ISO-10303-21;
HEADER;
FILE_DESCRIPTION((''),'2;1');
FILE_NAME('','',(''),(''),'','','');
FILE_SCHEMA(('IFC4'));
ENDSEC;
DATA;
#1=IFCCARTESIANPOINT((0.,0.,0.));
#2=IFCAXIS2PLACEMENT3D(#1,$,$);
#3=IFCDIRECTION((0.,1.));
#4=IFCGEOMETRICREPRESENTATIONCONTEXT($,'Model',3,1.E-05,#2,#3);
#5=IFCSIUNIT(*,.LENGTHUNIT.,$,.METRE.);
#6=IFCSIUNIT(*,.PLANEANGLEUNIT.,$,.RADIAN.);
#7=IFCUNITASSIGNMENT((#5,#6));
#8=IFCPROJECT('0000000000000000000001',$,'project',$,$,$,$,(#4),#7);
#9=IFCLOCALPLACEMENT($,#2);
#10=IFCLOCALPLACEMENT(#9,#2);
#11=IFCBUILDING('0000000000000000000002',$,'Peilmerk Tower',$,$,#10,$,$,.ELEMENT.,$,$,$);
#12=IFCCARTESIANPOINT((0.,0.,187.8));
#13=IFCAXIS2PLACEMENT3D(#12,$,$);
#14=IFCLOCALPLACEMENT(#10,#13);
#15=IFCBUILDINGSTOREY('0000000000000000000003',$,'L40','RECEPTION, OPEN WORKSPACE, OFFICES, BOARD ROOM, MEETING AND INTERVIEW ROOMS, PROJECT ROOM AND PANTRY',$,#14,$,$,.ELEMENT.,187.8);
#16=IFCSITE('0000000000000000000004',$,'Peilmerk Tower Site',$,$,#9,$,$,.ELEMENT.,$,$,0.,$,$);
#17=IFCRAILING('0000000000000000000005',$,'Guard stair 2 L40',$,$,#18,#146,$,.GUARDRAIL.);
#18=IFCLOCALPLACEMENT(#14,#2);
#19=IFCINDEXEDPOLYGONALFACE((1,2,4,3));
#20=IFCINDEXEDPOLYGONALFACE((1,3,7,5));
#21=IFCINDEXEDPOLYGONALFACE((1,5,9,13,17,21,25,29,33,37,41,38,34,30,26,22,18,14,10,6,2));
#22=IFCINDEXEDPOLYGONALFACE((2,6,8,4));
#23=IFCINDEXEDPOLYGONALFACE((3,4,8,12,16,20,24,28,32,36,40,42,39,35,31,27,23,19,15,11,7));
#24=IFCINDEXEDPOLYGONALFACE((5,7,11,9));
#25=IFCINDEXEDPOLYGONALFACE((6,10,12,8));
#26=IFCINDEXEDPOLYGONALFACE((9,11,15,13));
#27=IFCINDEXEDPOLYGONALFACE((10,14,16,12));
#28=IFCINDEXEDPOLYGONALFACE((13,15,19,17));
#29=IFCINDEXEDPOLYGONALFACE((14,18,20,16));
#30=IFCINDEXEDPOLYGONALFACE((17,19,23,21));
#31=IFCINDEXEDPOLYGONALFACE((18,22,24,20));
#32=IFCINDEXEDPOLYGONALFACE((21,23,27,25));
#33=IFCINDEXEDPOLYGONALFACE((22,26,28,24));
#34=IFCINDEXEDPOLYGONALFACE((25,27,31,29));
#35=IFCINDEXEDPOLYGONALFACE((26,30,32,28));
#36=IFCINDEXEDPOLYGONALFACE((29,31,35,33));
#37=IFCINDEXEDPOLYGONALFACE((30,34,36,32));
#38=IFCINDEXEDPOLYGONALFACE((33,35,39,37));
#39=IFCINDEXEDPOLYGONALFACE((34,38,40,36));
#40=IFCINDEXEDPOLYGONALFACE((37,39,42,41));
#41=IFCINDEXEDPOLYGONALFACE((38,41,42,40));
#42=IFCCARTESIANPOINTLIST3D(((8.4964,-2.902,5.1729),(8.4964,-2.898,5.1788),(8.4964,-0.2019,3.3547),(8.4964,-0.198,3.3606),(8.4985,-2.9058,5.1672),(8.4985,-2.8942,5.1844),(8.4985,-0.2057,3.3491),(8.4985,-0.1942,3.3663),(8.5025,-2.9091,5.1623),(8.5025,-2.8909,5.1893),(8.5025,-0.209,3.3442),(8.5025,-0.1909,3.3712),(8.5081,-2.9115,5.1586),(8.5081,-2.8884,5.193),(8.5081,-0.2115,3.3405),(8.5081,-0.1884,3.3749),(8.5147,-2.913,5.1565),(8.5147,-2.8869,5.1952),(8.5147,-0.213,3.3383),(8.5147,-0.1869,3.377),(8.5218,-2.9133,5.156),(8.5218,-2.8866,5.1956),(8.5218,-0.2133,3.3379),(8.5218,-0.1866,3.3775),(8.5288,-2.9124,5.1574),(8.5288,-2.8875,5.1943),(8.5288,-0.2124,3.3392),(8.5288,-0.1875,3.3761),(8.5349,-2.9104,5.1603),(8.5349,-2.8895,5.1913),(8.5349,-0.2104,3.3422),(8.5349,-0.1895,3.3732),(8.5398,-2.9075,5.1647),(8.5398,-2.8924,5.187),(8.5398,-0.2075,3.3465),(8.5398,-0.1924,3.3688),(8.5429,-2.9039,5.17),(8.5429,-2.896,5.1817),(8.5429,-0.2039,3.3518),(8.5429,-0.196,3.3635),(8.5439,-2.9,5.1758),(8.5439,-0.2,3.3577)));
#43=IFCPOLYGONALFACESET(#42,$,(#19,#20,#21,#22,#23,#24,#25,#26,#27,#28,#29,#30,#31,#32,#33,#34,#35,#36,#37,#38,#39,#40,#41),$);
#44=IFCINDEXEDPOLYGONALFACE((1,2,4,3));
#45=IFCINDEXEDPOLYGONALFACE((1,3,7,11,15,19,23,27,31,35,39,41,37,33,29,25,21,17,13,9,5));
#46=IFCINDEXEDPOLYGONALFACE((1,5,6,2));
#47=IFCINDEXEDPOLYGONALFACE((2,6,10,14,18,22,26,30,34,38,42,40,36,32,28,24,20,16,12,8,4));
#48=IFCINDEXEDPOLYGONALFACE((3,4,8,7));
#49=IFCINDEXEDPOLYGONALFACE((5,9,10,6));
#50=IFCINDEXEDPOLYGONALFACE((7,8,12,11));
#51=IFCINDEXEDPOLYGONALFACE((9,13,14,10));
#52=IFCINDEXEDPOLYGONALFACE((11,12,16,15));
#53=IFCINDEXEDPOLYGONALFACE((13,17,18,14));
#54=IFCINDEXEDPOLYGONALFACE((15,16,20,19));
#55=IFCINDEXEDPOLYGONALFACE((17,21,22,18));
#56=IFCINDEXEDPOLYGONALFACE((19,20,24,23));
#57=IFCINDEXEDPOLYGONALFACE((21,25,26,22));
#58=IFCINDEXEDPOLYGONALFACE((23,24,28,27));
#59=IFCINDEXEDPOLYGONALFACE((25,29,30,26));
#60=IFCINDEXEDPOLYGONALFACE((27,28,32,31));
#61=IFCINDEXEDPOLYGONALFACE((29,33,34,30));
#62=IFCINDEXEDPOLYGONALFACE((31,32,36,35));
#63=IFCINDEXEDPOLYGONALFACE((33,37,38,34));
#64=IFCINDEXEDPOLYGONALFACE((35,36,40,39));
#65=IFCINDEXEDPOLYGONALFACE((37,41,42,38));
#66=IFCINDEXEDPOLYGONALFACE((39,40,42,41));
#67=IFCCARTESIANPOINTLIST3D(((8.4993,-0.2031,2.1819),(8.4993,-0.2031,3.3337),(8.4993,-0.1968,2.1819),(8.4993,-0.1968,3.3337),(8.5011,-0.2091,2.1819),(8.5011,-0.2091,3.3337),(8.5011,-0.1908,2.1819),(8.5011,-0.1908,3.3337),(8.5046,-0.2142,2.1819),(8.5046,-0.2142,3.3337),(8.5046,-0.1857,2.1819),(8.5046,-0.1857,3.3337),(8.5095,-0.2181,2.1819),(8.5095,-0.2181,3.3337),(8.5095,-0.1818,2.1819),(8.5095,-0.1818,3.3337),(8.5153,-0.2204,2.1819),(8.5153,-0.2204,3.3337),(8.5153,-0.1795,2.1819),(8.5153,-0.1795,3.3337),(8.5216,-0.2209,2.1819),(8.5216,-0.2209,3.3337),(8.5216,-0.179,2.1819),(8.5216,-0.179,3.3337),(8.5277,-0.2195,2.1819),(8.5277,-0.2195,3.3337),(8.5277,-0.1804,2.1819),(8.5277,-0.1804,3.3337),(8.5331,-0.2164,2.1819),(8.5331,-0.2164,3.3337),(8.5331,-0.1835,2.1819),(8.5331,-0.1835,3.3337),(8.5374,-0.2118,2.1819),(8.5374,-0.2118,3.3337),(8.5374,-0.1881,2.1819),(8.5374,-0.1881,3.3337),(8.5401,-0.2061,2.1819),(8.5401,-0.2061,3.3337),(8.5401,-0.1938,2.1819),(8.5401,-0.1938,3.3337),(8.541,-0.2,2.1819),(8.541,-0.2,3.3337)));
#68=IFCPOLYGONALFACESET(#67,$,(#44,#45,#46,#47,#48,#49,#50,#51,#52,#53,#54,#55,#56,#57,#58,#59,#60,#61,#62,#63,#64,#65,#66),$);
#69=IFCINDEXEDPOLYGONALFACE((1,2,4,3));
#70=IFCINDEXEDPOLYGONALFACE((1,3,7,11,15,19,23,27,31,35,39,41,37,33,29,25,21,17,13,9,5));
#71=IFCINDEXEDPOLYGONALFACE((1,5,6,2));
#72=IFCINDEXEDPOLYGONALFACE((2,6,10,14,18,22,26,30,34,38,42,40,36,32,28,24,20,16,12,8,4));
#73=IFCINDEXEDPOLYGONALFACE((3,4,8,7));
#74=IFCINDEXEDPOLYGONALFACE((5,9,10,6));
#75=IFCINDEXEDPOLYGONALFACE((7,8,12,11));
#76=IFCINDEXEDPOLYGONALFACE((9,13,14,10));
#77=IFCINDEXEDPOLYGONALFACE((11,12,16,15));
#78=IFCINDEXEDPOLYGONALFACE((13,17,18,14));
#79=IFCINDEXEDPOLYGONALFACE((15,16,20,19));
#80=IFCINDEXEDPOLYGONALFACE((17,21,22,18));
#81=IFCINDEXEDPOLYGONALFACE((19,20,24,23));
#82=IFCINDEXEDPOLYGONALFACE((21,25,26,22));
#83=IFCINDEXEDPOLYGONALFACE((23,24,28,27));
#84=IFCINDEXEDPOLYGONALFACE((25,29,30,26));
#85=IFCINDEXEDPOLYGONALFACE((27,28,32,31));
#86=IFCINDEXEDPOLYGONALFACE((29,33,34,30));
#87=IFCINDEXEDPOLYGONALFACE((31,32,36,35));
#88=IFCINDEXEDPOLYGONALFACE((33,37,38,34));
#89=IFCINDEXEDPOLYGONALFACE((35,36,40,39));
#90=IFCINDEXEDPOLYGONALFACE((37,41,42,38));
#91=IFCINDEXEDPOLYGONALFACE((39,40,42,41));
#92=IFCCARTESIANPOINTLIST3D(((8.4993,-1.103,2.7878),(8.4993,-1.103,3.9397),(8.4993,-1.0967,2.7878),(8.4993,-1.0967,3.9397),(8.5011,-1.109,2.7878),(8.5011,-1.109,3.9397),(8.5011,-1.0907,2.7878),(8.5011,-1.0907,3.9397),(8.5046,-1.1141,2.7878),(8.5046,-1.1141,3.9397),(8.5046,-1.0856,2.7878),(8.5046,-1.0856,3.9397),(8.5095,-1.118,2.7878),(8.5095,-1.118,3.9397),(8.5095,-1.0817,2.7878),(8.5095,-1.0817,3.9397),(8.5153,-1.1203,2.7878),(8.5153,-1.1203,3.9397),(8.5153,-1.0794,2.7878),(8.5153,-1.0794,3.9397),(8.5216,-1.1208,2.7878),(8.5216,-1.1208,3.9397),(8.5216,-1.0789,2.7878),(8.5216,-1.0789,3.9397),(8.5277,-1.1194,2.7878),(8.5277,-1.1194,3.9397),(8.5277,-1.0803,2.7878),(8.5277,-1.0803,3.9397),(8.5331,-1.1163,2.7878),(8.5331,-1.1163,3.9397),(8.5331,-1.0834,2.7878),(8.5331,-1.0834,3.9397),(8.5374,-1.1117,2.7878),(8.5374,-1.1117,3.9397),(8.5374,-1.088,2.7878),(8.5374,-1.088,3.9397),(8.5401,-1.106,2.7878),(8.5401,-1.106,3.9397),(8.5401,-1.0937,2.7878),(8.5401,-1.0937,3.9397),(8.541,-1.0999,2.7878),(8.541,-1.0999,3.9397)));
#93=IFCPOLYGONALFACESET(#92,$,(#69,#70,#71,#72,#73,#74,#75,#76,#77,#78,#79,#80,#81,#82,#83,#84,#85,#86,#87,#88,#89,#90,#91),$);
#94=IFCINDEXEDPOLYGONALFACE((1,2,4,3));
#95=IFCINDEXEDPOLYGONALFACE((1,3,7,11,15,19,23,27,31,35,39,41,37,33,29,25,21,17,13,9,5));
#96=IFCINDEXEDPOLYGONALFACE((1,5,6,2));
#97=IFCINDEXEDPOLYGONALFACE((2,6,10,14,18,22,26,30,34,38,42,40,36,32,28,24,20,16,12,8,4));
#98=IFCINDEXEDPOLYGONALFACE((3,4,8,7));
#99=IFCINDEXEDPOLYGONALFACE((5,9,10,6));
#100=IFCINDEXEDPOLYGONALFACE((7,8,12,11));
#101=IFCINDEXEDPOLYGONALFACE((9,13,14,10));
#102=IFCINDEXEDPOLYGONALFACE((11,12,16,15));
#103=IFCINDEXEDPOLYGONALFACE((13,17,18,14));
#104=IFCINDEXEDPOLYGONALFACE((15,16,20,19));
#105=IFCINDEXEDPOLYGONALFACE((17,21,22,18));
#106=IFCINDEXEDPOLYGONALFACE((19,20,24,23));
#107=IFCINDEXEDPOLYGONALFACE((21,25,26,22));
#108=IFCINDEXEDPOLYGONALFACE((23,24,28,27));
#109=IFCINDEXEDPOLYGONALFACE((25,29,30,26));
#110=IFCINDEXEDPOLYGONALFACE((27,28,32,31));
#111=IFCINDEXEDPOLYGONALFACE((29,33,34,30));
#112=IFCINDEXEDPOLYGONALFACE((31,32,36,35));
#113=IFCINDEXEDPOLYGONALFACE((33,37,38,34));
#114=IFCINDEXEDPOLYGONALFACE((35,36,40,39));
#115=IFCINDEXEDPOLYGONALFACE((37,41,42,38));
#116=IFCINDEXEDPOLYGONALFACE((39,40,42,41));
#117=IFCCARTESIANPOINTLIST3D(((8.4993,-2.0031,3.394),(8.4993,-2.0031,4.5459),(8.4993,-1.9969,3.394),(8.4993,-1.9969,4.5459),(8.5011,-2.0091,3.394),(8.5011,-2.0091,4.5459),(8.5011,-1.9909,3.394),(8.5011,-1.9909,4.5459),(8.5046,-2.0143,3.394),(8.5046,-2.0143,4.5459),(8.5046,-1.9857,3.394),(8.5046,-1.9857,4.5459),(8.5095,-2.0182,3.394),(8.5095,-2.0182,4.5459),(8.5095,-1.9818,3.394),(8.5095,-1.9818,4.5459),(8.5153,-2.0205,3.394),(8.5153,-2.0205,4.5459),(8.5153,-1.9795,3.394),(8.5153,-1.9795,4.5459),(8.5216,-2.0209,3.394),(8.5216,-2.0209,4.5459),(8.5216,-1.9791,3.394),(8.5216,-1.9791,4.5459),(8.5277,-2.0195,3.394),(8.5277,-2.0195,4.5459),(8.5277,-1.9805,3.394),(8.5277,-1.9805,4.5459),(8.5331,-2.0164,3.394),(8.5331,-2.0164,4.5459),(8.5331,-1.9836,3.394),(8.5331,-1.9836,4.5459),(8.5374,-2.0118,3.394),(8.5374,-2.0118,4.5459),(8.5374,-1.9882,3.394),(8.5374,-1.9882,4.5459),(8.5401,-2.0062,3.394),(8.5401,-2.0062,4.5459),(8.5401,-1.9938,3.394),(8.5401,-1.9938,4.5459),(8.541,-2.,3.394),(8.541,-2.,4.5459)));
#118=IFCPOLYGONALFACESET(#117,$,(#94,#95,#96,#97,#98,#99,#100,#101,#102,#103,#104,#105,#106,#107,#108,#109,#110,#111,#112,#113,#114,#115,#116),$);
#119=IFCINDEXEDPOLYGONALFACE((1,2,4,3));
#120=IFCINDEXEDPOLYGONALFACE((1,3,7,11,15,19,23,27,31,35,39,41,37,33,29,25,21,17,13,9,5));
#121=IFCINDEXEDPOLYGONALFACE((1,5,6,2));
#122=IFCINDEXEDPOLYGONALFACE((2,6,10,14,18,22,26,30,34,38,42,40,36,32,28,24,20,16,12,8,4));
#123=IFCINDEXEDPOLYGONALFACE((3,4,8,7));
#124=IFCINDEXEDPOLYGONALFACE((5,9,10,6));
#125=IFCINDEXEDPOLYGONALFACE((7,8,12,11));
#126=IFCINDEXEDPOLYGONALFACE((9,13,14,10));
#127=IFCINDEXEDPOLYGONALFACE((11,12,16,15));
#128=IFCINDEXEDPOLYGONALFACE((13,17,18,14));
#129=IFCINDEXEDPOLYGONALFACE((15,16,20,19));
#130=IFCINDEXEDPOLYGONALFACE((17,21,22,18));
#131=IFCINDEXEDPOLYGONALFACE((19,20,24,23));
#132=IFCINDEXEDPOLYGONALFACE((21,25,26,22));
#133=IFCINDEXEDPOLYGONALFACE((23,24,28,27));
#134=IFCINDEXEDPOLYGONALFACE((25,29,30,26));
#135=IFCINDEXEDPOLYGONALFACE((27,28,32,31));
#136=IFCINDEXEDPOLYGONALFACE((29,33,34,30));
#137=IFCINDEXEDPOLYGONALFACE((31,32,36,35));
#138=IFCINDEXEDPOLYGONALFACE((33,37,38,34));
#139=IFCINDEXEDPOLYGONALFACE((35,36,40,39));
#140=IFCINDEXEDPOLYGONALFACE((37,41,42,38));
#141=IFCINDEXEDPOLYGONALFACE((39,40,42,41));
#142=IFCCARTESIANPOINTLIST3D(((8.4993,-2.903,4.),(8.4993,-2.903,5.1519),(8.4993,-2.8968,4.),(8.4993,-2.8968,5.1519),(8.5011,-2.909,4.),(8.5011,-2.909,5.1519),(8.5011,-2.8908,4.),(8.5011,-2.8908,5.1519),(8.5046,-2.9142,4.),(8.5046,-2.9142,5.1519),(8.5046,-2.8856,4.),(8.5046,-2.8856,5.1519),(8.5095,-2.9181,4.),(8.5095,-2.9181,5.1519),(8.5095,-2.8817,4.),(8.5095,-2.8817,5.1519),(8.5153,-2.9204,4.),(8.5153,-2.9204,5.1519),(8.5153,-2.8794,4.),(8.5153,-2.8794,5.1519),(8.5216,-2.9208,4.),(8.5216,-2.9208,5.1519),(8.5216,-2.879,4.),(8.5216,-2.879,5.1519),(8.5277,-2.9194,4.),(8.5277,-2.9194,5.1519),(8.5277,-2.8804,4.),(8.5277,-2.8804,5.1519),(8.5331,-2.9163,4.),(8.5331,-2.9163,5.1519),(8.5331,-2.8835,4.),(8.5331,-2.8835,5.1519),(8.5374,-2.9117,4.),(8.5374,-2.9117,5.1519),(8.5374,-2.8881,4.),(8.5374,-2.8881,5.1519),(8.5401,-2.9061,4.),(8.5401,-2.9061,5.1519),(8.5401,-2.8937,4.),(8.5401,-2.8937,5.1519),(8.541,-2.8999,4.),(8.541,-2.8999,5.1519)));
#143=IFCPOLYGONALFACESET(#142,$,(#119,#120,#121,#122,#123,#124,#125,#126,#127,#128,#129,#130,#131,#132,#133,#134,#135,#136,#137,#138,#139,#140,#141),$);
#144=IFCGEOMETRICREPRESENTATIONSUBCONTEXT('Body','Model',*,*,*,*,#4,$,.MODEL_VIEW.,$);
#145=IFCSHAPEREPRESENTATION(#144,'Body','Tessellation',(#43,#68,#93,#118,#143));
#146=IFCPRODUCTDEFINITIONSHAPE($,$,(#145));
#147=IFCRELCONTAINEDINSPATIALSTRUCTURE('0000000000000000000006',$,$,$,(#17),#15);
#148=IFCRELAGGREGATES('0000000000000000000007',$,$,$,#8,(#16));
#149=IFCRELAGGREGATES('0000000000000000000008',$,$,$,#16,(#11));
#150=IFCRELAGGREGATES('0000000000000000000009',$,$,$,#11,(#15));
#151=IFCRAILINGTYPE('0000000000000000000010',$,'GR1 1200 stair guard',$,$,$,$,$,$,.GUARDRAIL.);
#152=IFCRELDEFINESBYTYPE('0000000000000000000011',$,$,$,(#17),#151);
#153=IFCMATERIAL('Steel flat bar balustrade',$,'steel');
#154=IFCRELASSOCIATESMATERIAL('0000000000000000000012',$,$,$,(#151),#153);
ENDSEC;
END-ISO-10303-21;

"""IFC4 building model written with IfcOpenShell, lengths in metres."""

from ifc_helpers import new_model, si_unit, direction, frame, origin, origin_2d, place, context, subcontext, project, spatial, circle, extrude, material, type_object, element, save


model = new_model("IFC4")

# Units and contexts
model_context = context("Model", 3, precision=1e-05, world=origin(), true_north=direction((0.0, 1.0)))
body_context = subcontext(model_context, "Body", "Model", "MODEL_VIEW")
ifc_project = project(units=[si_unit("LENGTHUNIT", "METRE"), si_unit("PLANEANGLEUNIT", "RADIAN")], contexts=[model_context])

# Site, building, storey
site_placement = place(None, origin())
site = spatial("IfcSite", under=ifc_project, at=site_placement, Name="Peilmerk Tower Site", CompositionType="ELEMENT", RefElevation=0.0)
building_placement = place(site_placement, origin())
building = spatial("IfcBuilding", under=site, at=building_placement, Name="Peilmerk Tower", CompositionType="ELEMENT")
storey_placement = place(building_placement, frame((0.0, 0.0, 187.8)))
storey = spatial("IfcBuildingStorey", under=building, at=storey_placement, Name="L40", Description="RECEPTION, OPEN WORKSPACE, OFFICES, BOARD ROOM, MEETING AND INTERVIEW ROOMS, PROJECT ROOM AND PANTRY", CompositionType="ELEMENT", Elevation=187.8)

# Railing
ifc_material_1 = material(Name="Steel flat bar balustrade", Category="steel")
railing_type_1 = type_object("IfcRailingType", Name="GR1 1200 stair guard", PredefinedType="GUARDRAIL", material=ifc_material_1)
railing_1_placement = place(storey_placement, frame((8.52, -0.2, 2.1819)))
element("IfcRailing", 1, at=railing_1_placement, inside=storey, type_object=railing_type_1, Name="Guard stair 2 L40", PredefinedType="GUARDRAIL", context=body_context, shape_type="SweptSolid", body=[
    extrude(circle(Radius=0.0239, at=origin_2d()), frame((0.0, 0.0, 1.1758), z_axis=(0.0, -0.829468, 0.558554), x_axis=(1.0, 0.0, 0.0)), (0.0, 0.0, 1.0), 3.2551),
    extrude(circle(Radius=0.021, at=origin_2d()), origin(), (0.0, 0.0, 1.0), 1.1519),
    extrude(circle(Radius=0.021, at=origin_2d()), frame((0.0, -0.8999, 0.606)), (0.0, 0.0, 1.0), 1.1519),
    extrude(circle(Radius=0.021, at=origin_2d()), frame((0.0, -1.8, 1.2122)), (0.0, 0.0, 1.0), 1.1519),
    extrude(circle(Radius=0.021, at=origin_2d()), frame((0.0, -2.7, 1.8181)), (0.0, 0.0, 1.0), 1.1519),
])

save(model, "model.ifc")
